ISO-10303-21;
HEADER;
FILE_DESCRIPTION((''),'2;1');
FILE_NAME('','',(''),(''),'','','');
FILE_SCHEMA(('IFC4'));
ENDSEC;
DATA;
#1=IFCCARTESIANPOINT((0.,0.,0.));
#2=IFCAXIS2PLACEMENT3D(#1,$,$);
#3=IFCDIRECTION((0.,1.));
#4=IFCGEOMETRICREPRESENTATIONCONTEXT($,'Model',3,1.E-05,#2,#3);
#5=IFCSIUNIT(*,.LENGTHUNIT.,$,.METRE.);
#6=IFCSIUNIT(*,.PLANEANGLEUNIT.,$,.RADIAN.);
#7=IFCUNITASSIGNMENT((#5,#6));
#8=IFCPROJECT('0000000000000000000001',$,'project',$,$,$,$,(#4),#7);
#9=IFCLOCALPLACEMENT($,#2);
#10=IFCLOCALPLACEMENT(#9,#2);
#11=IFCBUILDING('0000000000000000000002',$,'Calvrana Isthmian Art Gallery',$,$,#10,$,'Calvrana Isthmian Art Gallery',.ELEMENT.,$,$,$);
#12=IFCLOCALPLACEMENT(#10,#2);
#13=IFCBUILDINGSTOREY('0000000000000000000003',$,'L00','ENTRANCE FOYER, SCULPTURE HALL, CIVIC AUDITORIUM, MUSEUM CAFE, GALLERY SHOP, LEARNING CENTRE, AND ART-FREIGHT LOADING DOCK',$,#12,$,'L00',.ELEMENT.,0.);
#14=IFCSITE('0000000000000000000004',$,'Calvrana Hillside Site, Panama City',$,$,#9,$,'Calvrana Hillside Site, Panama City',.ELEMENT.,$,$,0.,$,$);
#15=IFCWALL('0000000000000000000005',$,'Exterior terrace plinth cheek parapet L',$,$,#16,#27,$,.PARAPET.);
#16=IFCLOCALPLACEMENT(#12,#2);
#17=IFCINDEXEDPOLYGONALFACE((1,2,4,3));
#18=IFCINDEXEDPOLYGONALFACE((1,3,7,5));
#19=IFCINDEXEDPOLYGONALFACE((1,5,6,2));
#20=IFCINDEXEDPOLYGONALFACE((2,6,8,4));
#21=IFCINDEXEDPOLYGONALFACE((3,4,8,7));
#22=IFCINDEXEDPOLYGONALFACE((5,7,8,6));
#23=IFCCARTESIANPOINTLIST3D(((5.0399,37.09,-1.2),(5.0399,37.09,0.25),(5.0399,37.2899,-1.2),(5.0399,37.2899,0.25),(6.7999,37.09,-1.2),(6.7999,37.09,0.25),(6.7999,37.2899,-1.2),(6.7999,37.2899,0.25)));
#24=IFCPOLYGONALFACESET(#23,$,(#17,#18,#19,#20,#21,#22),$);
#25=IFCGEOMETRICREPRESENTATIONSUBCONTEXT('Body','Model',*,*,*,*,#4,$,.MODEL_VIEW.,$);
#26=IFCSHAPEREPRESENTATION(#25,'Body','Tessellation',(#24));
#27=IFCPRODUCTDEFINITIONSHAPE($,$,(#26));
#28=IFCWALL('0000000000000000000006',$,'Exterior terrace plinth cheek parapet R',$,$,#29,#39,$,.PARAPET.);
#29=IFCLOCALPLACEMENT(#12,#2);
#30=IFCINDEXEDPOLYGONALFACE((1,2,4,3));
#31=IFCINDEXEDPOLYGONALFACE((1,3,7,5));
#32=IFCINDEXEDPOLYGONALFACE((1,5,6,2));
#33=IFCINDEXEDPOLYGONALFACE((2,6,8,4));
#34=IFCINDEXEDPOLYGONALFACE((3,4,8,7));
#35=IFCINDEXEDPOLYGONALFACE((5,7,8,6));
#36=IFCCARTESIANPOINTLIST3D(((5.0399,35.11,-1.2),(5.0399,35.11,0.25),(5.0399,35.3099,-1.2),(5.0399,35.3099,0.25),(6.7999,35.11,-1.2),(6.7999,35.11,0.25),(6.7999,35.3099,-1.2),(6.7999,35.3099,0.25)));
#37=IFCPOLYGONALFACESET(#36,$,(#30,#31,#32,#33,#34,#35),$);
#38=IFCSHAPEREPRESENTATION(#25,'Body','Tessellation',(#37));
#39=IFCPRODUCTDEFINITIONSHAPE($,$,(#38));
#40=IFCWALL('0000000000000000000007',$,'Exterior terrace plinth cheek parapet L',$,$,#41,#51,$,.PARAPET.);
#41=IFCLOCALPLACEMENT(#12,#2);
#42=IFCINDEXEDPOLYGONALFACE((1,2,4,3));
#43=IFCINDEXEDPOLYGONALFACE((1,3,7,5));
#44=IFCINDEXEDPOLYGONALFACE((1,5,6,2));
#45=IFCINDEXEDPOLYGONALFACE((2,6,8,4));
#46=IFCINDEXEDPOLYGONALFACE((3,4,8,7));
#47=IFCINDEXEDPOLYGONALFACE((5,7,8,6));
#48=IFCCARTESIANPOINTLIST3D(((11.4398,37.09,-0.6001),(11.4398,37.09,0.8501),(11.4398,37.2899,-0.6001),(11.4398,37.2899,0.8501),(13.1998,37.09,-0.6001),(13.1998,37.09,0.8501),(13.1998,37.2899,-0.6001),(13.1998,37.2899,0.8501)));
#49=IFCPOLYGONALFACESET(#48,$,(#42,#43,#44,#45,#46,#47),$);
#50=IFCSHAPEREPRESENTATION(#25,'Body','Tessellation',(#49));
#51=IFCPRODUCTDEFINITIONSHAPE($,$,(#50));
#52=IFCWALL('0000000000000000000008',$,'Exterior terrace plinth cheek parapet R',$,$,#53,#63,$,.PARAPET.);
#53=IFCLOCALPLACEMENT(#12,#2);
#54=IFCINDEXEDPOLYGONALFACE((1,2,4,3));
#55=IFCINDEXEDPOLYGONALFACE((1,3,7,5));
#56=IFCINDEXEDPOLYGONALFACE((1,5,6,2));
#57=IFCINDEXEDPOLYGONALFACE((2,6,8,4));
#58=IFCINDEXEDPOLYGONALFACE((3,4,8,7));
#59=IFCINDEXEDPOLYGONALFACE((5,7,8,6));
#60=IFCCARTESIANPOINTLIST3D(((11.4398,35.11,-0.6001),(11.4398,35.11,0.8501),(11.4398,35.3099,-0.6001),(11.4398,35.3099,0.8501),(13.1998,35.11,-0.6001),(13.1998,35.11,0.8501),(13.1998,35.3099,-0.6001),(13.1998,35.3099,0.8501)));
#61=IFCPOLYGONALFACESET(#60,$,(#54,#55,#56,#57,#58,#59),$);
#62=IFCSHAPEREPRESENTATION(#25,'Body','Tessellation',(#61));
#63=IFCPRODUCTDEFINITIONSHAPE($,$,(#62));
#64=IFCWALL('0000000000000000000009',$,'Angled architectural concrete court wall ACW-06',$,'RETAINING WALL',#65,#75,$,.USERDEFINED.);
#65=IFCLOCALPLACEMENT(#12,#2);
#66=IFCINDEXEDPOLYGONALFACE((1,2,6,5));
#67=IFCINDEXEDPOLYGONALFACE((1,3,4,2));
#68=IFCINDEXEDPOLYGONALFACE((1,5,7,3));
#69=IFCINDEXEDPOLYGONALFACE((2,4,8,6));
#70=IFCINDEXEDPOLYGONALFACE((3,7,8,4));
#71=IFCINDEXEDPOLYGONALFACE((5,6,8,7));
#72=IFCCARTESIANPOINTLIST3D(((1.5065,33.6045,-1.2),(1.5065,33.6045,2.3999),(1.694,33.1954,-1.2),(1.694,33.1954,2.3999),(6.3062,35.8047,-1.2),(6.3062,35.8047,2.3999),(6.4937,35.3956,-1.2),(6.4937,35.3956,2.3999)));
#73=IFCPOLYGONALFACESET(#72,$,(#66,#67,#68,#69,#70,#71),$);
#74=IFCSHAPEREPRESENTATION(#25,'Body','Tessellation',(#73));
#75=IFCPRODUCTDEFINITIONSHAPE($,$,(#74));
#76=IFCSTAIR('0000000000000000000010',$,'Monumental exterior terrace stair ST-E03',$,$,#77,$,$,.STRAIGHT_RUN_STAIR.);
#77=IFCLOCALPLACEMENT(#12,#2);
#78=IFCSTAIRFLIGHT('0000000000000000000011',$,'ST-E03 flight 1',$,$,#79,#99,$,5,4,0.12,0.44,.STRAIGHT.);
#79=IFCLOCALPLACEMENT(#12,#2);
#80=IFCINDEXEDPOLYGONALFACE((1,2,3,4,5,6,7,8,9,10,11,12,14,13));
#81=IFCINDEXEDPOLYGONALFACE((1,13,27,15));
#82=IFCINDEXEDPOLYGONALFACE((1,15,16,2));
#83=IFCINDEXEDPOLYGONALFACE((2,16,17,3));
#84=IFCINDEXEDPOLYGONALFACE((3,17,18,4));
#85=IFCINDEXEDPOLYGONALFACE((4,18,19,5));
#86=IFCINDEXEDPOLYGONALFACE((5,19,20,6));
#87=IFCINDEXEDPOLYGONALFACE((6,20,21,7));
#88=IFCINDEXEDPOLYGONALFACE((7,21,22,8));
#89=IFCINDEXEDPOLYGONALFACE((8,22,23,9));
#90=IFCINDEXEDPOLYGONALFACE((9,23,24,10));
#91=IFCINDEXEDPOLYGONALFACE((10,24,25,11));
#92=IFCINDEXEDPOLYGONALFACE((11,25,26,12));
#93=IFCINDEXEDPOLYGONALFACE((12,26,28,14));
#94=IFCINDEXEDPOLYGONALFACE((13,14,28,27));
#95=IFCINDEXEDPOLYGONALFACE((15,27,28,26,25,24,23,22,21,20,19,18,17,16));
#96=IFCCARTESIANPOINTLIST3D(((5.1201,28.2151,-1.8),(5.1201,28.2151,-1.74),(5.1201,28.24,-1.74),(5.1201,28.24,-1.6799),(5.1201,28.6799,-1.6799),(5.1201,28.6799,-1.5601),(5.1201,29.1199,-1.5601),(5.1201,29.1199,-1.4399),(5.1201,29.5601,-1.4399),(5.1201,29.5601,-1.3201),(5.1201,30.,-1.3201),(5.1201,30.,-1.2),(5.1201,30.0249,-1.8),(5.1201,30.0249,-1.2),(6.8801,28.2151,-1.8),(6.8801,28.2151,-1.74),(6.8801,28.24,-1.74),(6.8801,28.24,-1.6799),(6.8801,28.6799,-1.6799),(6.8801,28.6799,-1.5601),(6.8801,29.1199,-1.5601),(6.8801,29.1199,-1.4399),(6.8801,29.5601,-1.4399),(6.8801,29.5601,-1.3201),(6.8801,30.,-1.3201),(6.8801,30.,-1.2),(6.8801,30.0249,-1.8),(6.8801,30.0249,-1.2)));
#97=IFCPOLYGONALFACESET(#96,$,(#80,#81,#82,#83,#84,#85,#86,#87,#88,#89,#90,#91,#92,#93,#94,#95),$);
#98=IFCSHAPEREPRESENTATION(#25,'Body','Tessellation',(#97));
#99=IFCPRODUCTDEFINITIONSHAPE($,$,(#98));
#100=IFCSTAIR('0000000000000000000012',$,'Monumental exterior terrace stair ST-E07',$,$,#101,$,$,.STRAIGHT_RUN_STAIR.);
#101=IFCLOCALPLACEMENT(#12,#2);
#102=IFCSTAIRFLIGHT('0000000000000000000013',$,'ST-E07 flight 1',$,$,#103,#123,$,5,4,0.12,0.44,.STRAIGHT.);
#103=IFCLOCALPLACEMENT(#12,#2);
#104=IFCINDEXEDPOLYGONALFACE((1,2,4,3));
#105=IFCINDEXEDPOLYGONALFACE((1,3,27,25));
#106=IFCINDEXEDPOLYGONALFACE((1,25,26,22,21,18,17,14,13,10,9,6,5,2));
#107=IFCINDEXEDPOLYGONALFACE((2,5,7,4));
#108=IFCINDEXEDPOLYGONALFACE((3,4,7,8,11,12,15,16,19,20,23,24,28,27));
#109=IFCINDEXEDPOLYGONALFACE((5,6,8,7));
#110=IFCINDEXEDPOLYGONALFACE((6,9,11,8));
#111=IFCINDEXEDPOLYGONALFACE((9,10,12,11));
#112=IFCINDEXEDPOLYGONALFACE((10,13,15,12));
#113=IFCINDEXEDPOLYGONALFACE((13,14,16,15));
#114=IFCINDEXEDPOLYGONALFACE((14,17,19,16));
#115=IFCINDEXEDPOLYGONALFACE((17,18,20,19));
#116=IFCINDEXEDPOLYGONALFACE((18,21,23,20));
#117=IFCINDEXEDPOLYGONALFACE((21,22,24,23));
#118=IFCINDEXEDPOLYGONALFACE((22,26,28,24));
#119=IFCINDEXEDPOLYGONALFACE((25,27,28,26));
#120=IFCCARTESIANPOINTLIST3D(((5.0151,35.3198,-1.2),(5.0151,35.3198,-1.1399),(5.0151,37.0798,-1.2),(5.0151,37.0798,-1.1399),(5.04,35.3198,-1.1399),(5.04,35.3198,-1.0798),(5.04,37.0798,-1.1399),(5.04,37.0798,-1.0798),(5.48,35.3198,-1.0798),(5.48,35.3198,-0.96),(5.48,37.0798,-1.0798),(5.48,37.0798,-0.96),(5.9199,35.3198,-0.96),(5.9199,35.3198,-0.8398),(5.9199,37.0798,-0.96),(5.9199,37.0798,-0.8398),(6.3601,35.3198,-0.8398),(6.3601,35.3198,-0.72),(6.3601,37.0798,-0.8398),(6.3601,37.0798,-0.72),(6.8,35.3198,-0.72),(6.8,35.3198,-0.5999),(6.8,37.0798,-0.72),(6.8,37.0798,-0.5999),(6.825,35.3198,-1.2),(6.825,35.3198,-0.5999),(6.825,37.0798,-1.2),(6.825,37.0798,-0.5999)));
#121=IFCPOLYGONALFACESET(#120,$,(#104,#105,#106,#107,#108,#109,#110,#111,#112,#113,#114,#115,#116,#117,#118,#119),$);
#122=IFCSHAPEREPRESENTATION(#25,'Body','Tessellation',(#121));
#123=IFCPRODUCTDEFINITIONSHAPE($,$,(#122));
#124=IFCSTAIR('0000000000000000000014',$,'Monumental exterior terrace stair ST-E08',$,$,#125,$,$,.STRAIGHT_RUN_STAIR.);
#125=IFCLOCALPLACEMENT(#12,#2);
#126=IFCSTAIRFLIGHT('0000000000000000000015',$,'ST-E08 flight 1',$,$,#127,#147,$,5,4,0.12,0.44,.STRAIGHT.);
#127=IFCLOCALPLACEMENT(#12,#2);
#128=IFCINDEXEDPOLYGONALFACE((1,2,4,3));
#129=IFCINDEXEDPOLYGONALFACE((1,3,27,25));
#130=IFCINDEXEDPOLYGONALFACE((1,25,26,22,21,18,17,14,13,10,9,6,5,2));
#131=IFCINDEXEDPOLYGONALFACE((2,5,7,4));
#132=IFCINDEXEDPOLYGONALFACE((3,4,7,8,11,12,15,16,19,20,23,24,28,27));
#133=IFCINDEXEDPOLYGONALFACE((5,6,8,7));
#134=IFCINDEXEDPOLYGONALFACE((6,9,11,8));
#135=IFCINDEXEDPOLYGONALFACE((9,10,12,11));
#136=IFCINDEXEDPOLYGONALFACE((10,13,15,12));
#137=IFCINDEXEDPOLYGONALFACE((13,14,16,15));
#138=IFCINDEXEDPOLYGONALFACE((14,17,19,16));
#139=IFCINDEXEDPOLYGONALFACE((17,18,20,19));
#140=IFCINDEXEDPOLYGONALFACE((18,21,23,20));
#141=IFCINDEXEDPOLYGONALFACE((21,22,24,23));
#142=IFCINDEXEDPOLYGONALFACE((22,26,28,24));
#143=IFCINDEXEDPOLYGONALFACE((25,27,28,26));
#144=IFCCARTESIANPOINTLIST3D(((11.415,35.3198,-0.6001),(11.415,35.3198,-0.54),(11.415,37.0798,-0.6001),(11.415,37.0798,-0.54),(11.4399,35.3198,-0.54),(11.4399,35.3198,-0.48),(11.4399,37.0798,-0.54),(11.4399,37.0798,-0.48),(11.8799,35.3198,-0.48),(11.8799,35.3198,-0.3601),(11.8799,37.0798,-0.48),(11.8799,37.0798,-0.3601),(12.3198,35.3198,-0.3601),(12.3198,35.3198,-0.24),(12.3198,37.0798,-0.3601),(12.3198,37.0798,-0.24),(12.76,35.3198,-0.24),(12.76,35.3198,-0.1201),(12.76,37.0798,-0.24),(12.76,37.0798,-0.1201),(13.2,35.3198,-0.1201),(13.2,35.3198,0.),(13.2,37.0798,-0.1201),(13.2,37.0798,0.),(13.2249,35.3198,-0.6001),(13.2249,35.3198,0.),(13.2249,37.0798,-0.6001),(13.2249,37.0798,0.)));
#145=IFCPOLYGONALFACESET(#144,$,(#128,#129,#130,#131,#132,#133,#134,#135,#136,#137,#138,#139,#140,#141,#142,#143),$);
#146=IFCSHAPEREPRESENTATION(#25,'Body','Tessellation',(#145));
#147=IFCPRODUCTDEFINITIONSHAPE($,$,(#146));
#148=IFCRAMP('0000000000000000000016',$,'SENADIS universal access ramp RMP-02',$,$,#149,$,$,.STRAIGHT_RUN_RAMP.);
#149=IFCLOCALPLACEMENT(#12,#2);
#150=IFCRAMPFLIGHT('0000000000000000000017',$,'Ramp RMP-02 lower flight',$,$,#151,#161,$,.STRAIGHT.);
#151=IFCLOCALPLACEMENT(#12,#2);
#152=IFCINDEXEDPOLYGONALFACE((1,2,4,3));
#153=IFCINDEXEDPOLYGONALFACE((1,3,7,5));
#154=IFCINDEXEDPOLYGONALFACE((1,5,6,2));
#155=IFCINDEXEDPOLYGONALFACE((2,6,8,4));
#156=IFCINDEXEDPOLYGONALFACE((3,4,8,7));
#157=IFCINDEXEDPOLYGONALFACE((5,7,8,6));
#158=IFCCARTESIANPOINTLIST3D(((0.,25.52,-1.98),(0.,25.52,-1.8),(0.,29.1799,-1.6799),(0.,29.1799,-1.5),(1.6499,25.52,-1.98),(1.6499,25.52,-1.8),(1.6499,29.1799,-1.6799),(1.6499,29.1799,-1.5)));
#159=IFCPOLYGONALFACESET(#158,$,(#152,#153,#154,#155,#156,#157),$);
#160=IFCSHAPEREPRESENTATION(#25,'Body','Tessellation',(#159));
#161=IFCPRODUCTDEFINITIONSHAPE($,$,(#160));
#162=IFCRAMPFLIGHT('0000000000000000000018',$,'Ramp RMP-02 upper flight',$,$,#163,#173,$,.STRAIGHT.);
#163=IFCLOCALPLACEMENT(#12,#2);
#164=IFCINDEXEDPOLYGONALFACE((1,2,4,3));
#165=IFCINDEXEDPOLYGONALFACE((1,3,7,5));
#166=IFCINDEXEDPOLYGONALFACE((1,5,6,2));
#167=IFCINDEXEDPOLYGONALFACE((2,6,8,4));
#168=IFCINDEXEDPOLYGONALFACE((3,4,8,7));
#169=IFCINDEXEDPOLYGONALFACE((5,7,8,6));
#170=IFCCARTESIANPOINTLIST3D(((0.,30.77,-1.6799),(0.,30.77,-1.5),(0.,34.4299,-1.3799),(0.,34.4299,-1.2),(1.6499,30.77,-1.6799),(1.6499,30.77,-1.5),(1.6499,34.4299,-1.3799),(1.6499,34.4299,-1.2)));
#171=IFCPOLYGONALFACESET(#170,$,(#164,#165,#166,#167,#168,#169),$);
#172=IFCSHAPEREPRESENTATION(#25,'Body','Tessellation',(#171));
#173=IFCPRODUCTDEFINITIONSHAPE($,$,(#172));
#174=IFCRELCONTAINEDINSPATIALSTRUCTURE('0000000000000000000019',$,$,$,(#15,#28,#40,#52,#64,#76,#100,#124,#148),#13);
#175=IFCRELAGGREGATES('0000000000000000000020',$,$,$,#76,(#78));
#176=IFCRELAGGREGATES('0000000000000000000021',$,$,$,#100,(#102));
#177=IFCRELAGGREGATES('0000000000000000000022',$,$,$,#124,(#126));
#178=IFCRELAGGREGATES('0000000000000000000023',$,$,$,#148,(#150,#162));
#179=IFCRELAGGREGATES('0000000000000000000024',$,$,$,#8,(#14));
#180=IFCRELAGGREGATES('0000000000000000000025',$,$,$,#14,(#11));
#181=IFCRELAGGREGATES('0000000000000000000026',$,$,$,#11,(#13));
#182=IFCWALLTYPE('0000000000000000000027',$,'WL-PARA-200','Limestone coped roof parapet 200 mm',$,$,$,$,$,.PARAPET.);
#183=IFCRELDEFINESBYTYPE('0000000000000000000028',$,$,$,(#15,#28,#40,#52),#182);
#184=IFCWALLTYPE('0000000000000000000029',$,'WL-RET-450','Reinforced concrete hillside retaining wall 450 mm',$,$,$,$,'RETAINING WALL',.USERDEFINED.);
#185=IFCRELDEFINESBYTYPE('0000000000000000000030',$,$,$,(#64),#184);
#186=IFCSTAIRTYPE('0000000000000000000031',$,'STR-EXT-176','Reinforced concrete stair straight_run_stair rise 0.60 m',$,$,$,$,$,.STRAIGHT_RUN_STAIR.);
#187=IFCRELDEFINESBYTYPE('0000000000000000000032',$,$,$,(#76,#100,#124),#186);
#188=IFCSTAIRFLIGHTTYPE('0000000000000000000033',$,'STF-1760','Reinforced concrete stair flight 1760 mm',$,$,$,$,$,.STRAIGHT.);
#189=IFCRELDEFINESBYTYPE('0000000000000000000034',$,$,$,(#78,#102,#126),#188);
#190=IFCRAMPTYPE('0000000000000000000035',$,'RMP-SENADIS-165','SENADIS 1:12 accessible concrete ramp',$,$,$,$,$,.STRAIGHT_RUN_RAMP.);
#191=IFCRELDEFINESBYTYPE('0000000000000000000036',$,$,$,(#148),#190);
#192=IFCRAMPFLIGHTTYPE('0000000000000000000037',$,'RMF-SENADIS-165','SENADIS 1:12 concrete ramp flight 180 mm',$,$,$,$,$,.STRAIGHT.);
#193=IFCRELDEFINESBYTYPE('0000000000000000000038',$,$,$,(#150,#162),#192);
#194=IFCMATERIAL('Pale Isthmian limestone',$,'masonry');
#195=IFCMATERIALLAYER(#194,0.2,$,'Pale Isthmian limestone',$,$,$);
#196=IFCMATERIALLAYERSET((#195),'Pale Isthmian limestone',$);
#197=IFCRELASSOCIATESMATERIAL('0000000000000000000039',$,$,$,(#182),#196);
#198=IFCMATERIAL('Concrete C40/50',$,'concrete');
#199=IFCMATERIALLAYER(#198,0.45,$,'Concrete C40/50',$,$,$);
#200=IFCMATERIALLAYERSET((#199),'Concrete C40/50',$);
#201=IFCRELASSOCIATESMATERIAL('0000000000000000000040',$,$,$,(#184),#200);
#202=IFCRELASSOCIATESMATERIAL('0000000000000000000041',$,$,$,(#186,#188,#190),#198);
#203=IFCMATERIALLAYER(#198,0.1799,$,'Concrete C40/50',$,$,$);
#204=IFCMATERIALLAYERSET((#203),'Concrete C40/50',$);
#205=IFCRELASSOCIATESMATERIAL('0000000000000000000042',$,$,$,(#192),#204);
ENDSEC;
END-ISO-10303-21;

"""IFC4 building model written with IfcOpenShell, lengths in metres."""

from ifc_helpers import new_model, si_unit, direction, frame, frame_2d, origin, place, context, subcontext, project, spatial, polyline, rectangle, outline, extrude, material, layer, layer_set, type_object, element, aggregate, save


model = new_model("IFC4")

# Units and contexts
model_context = context("Model", 3, precision=1e-05, world=origin(), true_north=direction((0.0, 1.0)))
body_context = subcontext(model_context, "Body", "Model", "MODEL_VIEW")
ifc_project = project(units=[si_unit("LENGTHUNIT", "METRE"), si_unit("PLANEANGLEUNIT", "RADIAN")], contexts=[model_context])

# Site, building, storey
site_placement = place(None, origin())
site = spatial("IfcSite", under=ifc_project, at=site_placement, Name="Calvrana Hillside Site, Panama City", LongName="Calvrana Hillside Site, Panama City", CompositionType="ELEMENT", RefElevation=0.0)
building_placement = place(site_placement, origin())
building = spatial("IfcBuilding", under=site, at=building_placement, Name="Calvrana Isthmian Art Gallery", LongName="Calvrana Isthmian Art Gallery", CompositionType="ELEMENT")
storey_placement = place(building_placement, origin())
storey = spatial("IfcBuildingStorey", under=building, at=storey_placement, Name="L00", Description="ENTRANCE FOYER, SCULPTURE HALL, CIVIC AUDITORIUM, MUSEUM CAFE, GALLERY SHOP, LEARNING CENTRE, AND ART-FREIGHT LOADING DOCK", LongName="L00", CompositionType="ELEMENT", Elevation=0.0)

# Walls
ifc_material_1 = material(Name="Pale Isthmian limestone", Category="masonry")
ifc_layer_1 = layer(ifc_material_1, 0.2, Name="Pale Isthmian limestone")
ifc_layer_set_1 = layer_set([ifc_layer_1], Name="Pale Isthmian limestone")
wall_type_1 = type_object("IfcWallType", Name="WL-PARA-200", Description="Limestone coped roof parapet 200 mm", PredefinedType="PARAPET", material=ifc_layer_set_1)
for number, where, z_axis, x_axis, name in (
    (1, (5.04, 37.1899, -1.2), (0.0, 0.0, 1.0), (1.0, 0.0, 0.0), "Exterior terrace plinth cheek parapet L"),
    (2, (5.04, 35.21, -1.2), (0.0, 0.0, 1.0), (1.0, 0.0, 0.0), "Exterior terrace plinth cheek parapet R"),
):
    element("IfcWall", number, at=place(storey_placement, frame(where, z_axis=z_axis, x_axis=x_axis)), inside=storey, type_object=wall_type_1, Name=name, PredefinedType="PARAPET", context=body_context, shape_type="SweptSolid", body=[
        extrude(rectangle(XDim=1.76, YDim=0.2, at=frame_2d((0.8799, 0.0))), origin(), (0.0, 0.0, 1.0), 1.45),
    ])
for number, where, z_axis, x_axis, name in (
    (3, (11.4399, 37.1899, -0.6001), (0.0, 0.0, 1.0), (1.0, 0.0, 0.0), "Exterior terrace plinth cheek parapet L"),
    (4, (11.4399, 35.21, -0.6001), (0.0, 0.0, 1.0), (1.0, 0.0, 0.0), "Exterior terrace plinth cheek parapet R"),
):
    element("IfcWall", number, at=place(storey_placement, frame(where, z_axis=z_axis, x_axis=x_axis)), inside=storey, type_object=wall_type_1, Name=name, PredefinedType="PARAPET", context=body_context, shape_type="SweptSolid", body=[
        extrude(rectangle(XDim=1.76, YDim=0.2, at=frame_2d((0.8799, 0.0))), origin(), (0.0, 0.0, 1.0), 1.4502),
    ])
ifc_material_2 = material(Name="Concrete C40/50", Category="concrete")
ifc_layer_2 = layer(ifc_material_2, 0.45, Name="Concrete C40/50")
ifc_layer_set_2 = layer_set([ifc_layer_2], Name="Concrete C40/50")
wall_type_2 = type_object("IfcWallType", Name="WL-RET-450", Description="Reinforced concrete hillside retaining wall 450 mm", ElementType="RETAINING WALL", PredefinedType="USERDEFINED", material=ifc_layer_set_2)
wall_placement = place(storey_placement, frame((1.6001, 33.3999, -1.2), z_axis=(0.0, 0.0, 1.0), x_axis=(0.909044, 0.416699, 0.0)))
element("IfcWall", 5, at=wall_placement, inside=storey, type_object=wall_type_2, Name="Angled architectural concrete court wall ACW-06", ObjectType="RETAINING WALL", PredefinedType="USERDEFINED", context=body_context, shape_type="SweptSolid", body=[
    extrude(rectangle(XDim=5.28, YDim=0.45, at=frame_2d((2.6401, 0.0))), origin(), (0.0, 0.0, 1.0), 3.5999),
])

# Stairs, stair flights
stair_type = type_object("IfcStairType", Name="STR-EXT-176", Description="Reinforced concrete stair straight_run_stair rise 0.60 m", PredefinedType="STRAIGHT_RUN_STAIR", material=ifc_material_2)
stair_1_placement = place(storey_placement, origin())
stair_1 = element("IfcStair", 6, at=stair_1_placement, inside=storey, type_object=stair_type, Name="Monumental exterior terrace stair ST-E03", PredefinedType="STRAIGHT_RUN_STAIR")
stair_flight_type = type_object("IfcStairFlightType", Name="STF-1760", Description="Reinforced concrete stair flight 1760 mm", PredefinedType="STRAIGHT", material=ifc_material_2)
stair_flight_1_placement = place(storey_placement, frame((6.0, 28.24, -1.8), z_axis=(0.0, 0.0, 1.0), x_axis=(0.0, 1.0, 0.0)))
stair_flight_1 = element("IfcStairFlight", 7, at=stair_flight_1_placement, type_object=stair_flight_type, Name="ST-E03 flight 1", NumberOfRisers=5, NumberOfTreads=4, PredefinedType="STRAIGHT", RiserHeight=0.12, TreadLength=0.44, context=body_context, shape_type="SweptSolid", body=[
    extrude(outline(polyline([(-0.0249, 0.0), (-0.0249, 0.0601), (0.0, 0.0601), (0.0, 0.1201), (0.4399, 0.1201), (0.4399, 0.24), (0.8799, 0.24), (0.8799, 0.3601), (1.3201, 0.3601), (1.3201, 0.48), (1.76, 0.48), (1.76, 0.6001), (1.7849, 0.6001), (1.7849, 0.0), (-0.0249, 0.0)])), frame((0.0, 0.8799, 0.0), z_axis=(0.0, -1.0, 0.0), x_axis=(1.0, 0.0, 0.0)), (0.0, 0.0, 1.0), 1.76),
])
aggregate(stair_1, [stair_flight_1])
stair_2_placement = place(storey_placement, origin())
stair_2 = element("IfcStair", 8, at=stair_2_placement, inside=storey, type_object=stair_type, Name="Monumental exterior terrace stair ST-E07", PredefinedType="STRAIGHT_RUN_STAIR")
stair_flight_2_placement = place(storey_placement, frame((5.04, 36.2, -1.2), z_axis=(0.0, 0.0, 1.0), x_axis=(1.0, 0.0, 0.0)))
stair_flight_2 = element("IfcStairFlight", 9, at=stair_flight_2_placement, type_object=stair_flight_type, Name="ST-E07 flight 1", NumberOfRisers=5, NumberOfTreads=4, PredefinedType="STRAIGHT", RiserHeight=0.12, TreadLength=0.44, context=body_context, shape_type="SweptSolid", body=[
    extrude(outline(polyline([(-0.0249, 0.0), (-0.0249, 0.0601), (0.0, 0.0601), (0.0, 0.1201), (0.4399, 0.1201), (0.4399, 0.24), (0.8799, 0.24), (0.8799, 0.3601), (1.3201, 0.3601), (1.3201, 0.48), (1.76, 0.48), (1.76, 0.6001), (1.7849, 0.6001), (1.7849, 0.0), (-0.0249, 0.0)])), frame((0.0, 0.8799, 0.0), z_axis=(0.0, -1.0, 0.0), x_axis=(1.0, 0.0, 0.0)), (0.0, 0.0, 1.0), 1.76),
])
aggregate(stair_2, [stair_flight_2])
stair_3_placement = place(storey_placement, origin())
stair_3 = element("IfcStair", 10, at=stair_3_placement, inside=storey, type_object=stair_type, Name="Monumental exterior terrace stair ST-E08", PredefinedType="STRAIGHT_RUN_STAIR")
stair_flight_3_placement = place(storey_placement, frame((11.4399, 36.2, -0.6001), z_axis=(0.0, 0.0, 1.0), x_axis=(1.0, 0.0, 0.0)))
stair_flight_3 = element("IfcStairFlight", 11, at=stair_flight_3_placement, type_object=stair_flight_type, Name="ST-E08 flight 1", NumberOfRisers=5, NumberOfTreads=4, PredefinedType="STRAIGHT", RiserHeight=0.12, TreadLength=0.44, context=body_context, shape_type="SweptSolid", body=[
    extrude(outline(polyline([(-0.0249, 0.0), (-0.0249, 0.0601), (0.0, 0.0601), (0.0, 0.1201), (0.4399, 0.1201), (0.4399, 0.24), (0.8799, 0.24), (0.8799, 0.3601), (1.3201, 0.3601), (1.3201, 0.48), (1.76, 0.48), (1.76, 0.6001), (1.7849, 0.6001), (1.7849, 0.0), (-0.0249, 0.0)])), frame((0.0, 0.8799, 0.0), z_axis=(0.0, -1.0, 0.0), x_axis=(1.0, 0.0, 0.0)), (0.0, 0.0, 1.0), 1.76),
])
aggregate(stair_3, [stair_flight_3])

# Ramp, ramp flights
ramp_type = type_object("IfcRampType", Name="RMP-SENADIS-165", Description="SENADIS 1:12 accessible concrete ramp", PredefinedType="STRAIGHT_RUN_RAMP", material=ifc_material_2)
ramp_placement = place(storey_placement, origin())
ramp = element("IfcRamp", 12, at=ramp_placement, inside=storey, type_object=ramp_type, Name="SENADIS universal access ramp RMP-02", PredefinedType="STRAIGHT_RUN_RAMP")
ifc_layer_3 = layer(ifc_material_2, 0.1799, Name="Concrete C40/50")
ifc_layer_set_3 = layer_set([ifc_layer_3], Name="Concrete C40/50")
ramp_flight_type = type_object("IfcRampFlightType", Name="RMF-SENADIS-165", Description="SENADIS 1:12 concrete ramp flight 180 mm", PredefinedType="STRAIGHT", material=ifc_layer_set_3)
ramp_flight_1_placement = place(storey_placement, frame((0.825, 25.52, -1.8), z_axis=(0.0, 0.0, 1.0), x_axis=(0.0, 1.0, 0.0)))
ramp_flight_1 = element("IfcRampFlight", 13, at=ramp_flight_1_placement, type_object=ramp_flight_type, Name="Ramp RMP-02 lower flight", PredefinedType="STRAIGHT", context=body_context, shape_type="SweptSolid", body=[
    extrude(outline(polyline([(0.0, -0.1799), (0.0, 0.0), (3.6599, 0.3), (3.6599, 0.1201), (0.0, -0.1799)])), frame((0.0, 0.825, 0.0), z_axis=(0.0, -1.0, 0.0), x_axis=(1.0, 0.0, 0.0)), (0.0, 0.0, 1.0), 1.6499),
])
ramp_flight_2_placement = place(storey_placement, frame((0.825, 30.77, -1.5), z_axis=(0.0, 0.0, 1.0), x_axis=(0.0, 1.0, 0.0)))
ramp_flight_2 = element("IfcRampFlight", 14, at=ramp_flight_2_placement, type_object=ramp_flight_type, Name="Ramp RMP-02 upper flight", PredefinedType="STRAIGHT", context=body_context, shape_type="SweptSolid", body=[
    extrude(outline(polyline([(0.0, -0.1799), (0.0, 0.0), (3.6599, 0.3), (3.6599, 0.1201), (0.0, -0.1799)])), frame((0.0, 0.825, 0.0), z_axis=(0.0, -1.0, 0.0), x_axis=(1.0, 0.0, 0.0)), (0.0, 0.0, 1.0), 1.6499),
])
aggregate(ramp, [ramp_flight_1, ramp_flight_2])

save(model, "model.ifc")
